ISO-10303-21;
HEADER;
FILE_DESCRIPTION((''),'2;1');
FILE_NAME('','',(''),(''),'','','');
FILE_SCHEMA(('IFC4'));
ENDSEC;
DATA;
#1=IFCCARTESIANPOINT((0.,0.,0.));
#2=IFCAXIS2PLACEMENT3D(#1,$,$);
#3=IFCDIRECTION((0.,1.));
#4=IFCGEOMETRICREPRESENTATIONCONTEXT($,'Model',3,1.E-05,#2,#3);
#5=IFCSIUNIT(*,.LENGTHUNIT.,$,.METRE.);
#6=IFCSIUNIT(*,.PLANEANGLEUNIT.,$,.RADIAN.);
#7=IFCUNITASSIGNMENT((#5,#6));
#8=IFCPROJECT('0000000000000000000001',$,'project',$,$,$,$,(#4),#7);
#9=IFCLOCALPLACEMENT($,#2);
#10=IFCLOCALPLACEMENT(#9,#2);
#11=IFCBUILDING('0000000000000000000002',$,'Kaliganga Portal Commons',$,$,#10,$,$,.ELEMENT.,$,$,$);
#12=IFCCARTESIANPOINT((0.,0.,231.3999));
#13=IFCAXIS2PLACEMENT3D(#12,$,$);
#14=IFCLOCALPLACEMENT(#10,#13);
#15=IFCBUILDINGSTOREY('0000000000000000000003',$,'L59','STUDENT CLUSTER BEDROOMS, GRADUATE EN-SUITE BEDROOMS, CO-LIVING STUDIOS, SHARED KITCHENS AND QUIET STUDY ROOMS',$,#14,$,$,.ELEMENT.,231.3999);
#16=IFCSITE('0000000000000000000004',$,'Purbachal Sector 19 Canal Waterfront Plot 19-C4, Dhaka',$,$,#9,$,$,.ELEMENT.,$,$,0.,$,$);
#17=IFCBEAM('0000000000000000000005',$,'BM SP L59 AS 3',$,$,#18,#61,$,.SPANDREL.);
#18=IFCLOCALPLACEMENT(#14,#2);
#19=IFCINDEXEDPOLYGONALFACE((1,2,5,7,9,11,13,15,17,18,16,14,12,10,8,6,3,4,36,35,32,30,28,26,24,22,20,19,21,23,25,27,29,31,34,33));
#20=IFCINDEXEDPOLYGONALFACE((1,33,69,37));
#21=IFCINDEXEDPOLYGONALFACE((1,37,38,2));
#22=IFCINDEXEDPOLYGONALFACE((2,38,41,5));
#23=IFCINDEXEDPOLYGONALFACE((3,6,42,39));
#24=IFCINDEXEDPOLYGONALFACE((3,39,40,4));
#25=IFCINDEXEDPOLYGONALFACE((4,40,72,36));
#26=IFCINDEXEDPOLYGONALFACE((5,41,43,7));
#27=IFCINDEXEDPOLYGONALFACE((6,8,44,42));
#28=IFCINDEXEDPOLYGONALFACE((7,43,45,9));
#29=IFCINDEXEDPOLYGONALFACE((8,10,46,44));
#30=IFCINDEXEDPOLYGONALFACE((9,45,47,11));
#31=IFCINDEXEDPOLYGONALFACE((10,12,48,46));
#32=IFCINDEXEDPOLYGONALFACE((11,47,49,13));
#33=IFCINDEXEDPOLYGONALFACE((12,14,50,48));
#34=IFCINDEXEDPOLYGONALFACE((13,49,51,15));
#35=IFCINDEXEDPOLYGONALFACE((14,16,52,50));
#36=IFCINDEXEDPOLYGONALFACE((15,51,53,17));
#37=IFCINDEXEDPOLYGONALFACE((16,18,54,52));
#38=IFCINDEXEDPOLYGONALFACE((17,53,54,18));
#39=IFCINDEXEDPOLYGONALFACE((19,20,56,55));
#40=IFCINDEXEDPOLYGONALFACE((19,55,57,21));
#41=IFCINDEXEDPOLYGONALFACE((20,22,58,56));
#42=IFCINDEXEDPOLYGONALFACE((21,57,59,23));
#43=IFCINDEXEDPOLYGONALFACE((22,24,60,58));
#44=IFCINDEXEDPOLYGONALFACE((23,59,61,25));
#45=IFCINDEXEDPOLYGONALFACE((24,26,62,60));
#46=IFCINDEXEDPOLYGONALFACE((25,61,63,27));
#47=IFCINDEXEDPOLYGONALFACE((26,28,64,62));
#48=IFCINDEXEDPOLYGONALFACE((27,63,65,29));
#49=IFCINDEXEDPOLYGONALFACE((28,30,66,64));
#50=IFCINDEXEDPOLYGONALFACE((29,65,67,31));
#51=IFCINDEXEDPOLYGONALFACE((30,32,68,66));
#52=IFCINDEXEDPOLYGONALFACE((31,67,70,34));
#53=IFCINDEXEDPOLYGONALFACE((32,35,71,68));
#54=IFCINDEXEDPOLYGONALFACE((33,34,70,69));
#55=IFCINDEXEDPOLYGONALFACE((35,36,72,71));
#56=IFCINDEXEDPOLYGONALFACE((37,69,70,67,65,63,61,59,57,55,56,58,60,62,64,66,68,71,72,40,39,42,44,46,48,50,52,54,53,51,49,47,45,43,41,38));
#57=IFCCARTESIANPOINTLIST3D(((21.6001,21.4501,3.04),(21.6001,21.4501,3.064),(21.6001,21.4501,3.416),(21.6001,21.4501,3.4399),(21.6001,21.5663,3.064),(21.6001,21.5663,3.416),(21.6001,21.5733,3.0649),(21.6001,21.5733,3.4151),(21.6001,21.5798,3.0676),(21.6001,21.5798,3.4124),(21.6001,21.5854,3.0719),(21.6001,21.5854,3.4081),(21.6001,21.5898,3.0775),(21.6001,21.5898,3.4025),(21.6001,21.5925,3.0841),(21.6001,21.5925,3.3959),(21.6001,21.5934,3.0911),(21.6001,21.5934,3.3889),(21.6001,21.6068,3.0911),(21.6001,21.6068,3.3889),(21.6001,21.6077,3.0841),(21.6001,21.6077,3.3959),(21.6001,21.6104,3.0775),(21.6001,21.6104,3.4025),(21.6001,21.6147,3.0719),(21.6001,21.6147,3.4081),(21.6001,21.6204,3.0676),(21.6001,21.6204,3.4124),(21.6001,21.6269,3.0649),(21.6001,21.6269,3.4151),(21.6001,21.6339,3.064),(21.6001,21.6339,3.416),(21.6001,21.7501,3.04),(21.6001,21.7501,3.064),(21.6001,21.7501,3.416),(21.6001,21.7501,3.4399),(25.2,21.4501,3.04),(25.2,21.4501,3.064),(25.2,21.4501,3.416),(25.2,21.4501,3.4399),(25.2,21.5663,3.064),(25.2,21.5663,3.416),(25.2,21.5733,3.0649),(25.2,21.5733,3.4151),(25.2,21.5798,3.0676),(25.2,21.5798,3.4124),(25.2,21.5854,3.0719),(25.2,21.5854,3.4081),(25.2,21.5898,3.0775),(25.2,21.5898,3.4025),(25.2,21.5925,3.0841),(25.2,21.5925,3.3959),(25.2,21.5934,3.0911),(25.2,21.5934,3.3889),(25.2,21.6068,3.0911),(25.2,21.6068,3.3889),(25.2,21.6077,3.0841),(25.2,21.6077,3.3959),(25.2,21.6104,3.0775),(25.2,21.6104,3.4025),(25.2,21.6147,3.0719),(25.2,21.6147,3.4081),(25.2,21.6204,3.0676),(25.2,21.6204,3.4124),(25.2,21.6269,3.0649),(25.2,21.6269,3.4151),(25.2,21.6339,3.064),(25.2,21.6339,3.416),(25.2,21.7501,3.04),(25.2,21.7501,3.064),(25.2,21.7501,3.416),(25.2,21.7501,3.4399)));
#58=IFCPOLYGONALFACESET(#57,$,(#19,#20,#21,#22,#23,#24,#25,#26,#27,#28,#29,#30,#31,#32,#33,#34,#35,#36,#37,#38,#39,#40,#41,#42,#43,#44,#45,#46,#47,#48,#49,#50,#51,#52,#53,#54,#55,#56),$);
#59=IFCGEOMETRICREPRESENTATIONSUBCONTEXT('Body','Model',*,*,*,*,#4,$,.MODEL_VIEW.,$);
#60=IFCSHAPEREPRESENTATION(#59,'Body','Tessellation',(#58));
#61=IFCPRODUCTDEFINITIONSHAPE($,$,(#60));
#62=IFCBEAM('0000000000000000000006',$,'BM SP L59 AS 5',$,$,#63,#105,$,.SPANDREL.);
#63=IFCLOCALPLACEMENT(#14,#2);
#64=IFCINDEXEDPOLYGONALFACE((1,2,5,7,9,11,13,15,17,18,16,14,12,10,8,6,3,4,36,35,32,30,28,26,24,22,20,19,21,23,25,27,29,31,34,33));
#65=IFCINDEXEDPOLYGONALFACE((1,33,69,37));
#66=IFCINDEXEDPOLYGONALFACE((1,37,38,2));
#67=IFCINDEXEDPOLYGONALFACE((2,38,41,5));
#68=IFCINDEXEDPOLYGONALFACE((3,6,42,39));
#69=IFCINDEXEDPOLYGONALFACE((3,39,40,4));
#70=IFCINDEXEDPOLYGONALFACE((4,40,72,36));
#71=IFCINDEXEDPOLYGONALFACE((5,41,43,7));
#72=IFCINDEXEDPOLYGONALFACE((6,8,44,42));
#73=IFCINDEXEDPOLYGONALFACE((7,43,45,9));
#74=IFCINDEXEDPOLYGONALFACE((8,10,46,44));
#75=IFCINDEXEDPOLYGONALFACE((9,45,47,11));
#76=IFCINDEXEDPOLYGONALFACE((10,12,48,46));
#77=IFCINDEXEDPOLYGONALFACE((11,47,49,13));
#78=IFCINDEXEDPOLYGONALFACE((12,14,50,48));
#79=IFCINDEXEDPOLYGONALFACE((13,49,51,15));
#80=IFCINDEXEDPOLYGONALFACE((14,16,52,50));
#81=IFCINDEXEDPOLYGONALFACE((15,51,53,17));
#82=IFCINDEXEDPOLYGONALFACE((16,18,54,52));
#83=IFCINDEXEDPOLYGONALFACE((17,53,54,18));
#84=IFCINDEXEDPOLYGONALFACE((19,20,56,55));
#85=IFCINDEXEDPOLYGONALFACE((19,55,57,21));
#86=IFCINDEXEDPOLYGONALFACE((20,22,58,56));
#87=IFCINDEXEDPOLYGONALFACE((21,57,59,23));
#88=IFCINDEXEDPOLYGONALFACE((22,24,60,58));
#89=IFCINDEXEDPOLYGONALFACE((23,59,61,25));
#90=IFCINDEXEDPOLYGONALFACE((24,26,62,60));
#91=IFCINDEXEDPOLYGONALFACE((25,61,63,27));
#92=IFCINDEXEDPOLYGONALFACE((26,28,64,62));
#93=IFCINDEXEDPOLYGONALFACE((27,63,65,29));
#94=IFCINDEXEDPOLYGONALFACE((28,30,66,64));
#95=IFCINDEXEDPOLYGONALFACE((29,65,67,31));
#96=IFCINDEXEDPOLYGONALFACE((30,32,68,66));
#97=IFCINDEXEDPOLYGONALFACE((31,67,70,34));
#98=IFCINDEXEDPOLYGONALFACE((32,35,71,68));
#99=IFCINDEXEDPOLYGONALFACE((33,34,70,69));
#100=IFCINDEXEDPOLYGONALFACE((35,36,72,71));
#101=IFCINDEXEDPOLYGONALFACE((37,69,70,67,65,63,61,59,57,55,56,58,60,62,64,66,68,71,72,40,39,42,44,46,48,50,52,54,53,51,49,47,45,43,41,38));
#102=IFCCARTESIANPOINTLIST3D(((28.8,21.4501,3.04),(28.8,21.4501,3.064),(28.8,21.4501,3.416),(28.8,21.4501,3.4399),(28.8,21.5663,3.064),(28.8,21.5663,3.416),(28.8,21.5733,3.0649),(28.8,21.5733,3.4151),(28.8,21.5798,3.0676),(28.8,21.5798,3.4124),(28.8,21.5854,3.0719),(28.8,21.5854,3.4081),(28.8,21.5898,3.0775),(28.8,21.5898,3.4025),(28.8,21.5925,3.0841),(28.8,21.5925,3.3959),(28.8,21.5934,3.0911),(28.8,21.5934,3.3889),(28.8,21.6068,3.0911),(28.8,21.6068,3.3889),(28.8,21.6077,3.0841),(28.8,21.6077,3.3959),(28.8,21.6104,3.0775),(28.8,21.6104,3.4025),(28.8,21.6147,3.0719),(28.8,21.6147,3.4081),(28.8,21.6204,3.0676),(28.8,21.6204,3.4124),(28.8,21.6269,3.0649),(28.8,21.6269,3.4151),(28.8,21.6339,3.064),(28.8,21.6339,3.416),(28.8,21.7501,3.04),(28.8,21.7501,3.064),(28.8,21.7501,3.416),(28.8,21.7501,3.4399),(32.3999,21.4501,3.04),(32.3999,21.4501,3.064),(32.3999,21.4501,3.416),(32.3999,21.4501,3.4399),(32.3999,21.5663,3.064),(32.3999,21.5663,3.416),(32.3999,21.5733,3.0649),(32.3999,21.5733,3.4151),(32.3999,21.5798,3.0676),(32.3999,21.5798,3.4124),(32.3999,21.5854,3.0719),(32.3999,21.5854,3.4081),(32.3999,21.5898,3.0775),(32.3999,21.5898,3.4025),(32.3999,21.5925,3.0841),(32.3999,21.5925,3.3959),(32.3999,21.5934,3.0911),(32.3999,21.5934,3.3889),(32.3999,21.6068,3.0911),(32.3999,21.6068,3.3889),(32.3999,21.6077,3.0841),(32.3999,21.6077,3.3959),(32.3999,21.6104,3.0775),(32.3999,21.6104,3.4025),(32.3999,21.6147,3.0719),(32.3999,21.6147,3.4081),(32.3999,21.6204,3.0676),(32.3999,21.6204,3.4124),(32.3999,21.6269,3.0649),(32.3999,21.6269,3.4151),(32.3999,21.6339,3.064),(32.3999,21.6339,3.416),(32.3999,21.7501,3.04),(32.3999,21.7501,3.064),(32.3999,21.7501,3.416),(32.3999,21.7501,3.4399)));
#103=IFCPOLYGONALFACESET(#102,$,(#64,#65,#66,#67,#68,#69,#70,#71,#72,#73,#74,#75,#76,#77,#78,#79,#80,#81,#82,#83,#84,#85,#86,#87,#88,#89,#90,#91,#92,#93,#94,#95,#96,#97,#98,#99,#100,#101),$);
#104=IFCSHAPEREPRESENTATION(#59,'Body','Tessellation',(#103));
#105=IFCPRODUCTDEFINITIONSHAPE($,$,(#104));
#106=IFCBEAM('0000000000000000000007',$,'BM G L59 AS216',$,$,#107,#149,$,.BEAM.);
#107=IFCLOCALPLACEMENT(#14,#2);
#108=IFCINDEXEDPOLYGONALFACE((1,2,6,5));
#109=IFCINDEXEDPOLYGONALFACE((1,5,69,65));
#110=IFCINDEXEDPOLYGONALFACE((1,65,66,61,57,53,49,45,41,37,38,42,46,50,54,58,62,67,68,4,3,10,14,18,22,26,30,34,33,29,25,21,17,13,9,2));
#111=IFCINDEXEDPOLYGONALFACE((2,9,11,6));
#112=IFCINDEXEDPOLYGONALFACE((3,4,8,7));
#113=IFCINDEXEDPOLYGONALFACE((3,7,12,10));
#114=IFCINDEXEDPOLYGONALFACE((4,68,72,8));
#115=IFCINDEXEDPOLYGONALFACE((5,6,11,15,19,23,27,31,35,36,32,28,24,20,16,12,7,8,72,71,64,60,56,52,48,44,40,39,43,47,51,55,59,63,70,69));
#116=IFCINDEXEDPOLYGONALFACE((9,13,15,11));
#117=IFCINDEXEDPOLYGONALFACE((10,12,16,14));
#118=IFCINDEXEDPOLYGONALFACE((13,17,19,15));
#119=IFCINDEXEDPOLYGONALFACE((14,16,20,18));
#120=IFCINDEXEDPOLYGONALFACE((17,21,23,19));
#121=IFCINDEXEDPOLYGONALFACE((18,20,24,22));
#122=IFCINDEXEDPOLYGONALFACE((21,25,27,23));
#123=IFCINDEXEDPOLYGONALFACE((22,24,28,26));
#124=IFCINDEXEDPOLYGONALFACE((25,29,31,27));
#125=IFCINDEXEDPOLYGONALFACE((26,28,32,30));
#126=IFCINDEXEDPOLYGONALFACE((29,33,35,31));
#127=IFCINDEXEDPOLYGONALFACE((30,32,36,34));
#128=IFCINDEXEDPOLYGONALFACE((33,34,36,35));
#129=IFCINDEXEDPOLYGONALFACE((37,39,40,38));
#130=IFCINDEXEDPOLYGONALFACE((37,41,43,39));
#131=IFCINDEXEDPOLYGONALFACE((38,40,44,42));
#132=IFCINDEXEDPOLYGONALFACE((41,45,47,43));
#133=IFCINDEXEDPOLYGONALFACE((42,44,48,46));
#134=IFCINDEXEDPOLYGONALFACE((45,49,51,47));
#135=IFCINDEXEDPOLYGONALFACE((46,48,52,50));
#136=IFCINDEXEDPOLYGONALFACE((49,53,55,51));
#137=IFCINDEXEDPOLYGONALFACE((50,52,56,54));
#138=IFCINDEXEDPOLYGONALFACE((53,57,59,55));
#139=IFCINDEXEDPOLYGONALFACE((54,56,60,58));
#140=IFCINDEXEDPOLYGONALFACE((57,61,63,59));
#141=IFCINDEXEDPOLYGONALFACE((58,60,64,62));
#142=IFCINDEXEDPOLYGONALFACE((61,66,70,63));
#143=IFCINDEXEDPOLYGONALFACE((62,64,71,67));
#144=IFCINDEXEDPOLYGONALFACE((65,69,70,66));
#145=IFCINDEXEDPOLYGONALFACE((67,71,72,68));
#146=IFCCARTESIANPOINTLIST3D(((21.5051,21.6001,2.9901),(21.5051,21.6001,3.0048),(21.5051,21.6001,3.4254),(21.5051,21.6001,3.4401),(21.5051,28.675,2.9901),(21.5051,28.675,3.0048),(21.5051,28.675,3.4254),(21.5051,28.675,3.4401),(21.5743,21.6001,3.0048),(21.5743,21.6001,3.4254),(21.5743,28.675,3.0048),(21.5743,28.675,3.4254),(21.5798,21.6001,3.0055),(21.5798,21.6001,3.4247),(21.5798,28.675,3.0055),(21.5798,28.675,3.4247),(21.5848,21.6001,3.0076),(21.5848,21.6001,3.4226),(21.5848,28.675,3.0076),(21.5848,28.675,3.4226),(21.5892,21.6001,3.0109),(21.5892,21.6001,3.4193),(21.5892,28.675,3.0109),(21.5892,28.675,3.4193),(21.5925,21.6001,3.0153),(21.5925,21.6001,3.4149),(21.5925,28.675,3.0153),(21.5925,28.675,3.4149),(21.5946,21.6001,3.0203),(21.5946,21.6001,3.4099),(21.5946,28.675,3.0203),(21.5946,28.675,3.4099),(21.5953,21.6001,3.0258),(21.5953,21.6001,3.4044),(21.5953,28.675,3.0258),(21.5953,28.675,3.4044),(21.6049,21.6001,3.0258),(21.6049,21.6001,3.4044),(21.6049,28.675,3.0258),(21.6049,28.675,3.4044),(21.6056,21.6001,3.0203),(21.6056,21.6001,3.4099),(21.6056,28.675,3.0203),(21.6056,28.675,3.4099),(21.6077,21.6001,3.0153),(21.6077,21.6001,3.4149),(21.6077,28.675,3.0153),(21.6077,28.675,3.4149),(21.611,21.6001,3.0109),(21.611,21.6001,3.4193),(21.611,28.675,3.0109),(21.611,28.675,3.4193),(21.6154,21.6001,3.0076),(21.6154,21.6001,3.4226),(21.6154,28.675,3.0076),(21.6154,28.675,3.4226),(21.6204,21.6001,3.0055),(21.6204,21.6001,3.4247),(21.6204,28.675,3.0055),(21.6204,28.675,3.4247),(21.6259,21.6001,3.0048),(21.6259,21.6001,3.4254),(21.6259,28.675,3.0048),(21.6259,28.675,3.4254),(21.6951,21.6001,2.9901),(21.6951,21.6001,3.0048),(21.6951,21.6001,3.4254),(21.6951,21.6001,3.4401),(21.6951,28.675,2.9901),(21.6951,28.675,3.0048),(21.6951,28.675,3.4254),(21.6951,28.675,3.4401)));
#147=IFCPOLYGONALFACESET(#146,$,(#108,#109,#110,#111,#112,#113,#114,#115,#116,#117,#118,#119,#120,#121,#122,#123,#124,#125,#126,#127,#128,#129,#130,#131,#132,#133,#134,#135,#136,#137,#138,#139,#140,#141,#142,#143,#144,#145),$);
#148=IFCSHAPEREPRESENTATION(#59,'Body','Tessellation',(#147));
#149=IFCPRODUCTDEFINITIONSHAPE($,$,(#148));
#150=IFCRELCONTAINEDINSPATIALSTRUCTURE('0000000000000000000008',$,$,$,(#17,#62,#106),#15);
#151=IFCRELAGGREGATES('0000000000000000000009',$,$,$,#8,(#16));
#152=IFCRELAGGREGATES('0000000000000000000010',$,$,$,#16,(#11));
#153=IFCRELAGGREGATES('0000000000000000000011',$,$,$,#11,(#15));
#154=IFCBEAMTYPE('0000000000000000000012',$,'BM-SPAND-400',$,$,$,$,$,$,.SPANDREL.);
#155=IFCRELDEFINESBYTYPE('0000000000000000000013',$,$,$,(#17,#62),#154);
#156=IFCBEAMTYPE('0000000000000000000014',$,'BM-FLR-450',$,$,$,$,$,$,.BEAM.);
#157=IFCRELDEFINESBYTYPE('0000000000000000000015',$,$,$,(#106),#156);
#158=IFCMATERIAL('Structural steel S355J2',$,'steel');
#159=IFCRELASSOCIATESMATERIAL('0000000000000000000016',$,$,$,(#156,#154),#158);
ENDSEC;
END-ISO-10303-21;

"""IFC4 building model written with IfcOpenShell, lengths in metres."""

from ifc_helpers import new_model, si_unit, direction, frame, origin, origin_2d, place, context, subcontext, project, spatial, i_section, extrude, source, transform, mapped, material, material_profile, profile_set, type_object, element, save


model = new_model("IFC4")

# Units and contexts
model_context = context("Model", 3, precision=1e-05, world=origin(), true_north=direction((0.0, 1.0)))
body_context = subcontext(model_context, "Body", "Model", "MODEL_VIEW")
ifc_project = project(units=[si_unit("LENGTHUNIT", "METRE"), si_unit("PLANEANGLEUNIT", "RADIAN")], contexts=[model_context])

# Site, building, storey
site_placement = place(None, origin())
site = spatial("IfcSite", under=ifc_project, at=site_placement, Name="Purbachal Sector 19 Canal Waterfront Plot 19-C4, Dhaka", CompositionType="ELEMENT", RefElevation=0.0)
building_placement = place(site_placement, origin())
building = spatial("IfcBuilding", under=site, at=building_placement, Name="Kaliganga Portal Commons", CompositionType="ELEMENT")
storey_placement = place(building_placement, frame((0.0, 0.0, 231.3999)))
storey = spatial("IfcBuildingStorey", under=building, at=storey_placement, Name="L59", Description="STUDENT CLUSTER BEDROOMS, GRADUATE EN-SUITE BEDROOMS, CO-LIVING STUDIOS, SHARED KITCHENS AND QUIET STUDY ROOMS", CompositionType="ELEMENT", Elevation=231.3999)

# Shared definitions
ifc_material_1 = material(Name="Structural steel S355J2", Category="steel")

# Beams
ifc_material_profile_1 = material_profile(ifc_material_1, i_section(OverallWidth=0.1899, OverallDepth=0.45, WebThickness=0.0095, FlangeThickness=0.0146, FilletRadius=0.021, at=origin_2d()), Name="IPE 450")
ifc_profile_set_1 = profile_set([ifc_material_profile_1], Name="Structural steel S355J2 wide-flange")
beam_type_1 = type_object("IfcBeamType", Name="BM-FLR-450", PredefinedType="BEAM", material=ifc_profile_set_1)
ifc_material_profile_2 = material_profile(ifc_material_1, i_section(OverallWidth=0.3, OverallDepth=0.3999, WebThickness=0.0134, FlangeThickness=0.0239, FilletRadius=0.0271, at=origin_2d()), Name="HE 400 B")
ifc_profile_set_2 = profile_set([ifc_material_profile_2], Name="Structural steel S355J2 wide-flange")
beam_type_2 = type_object("IfcBeamType", Name="BM-SPAND-400", PredefinedType="SPANDREL", material=ifc_profile_set_2)
shared_shape_1 = source(origin(), body_context, "Body", "SweptSolid", [
    extrude(i_section(OverallWidth=0.3, OverallDepth=0.3999, WebThickness=0.0134, FlangeThickness=0.0239, FilletRadius=0.0271, at=origin_2d()), origin(), (0.0, 0.0, 1.0), 3.5999),
])
for number, where, z_axis, x_axis, name in (
    (1, (21.6001, 21.6001, 3.24), (1.0, 0.0, 0.0), (0.0, 1.0, 0.0), "BM SP L59 AS 3"),
    (2, (28.8, 21.6001, 3.24), (1.0, 0.0, 0.0), (0.0, 1.0, 0.0), "BM SP L59 AS 5"),
):
    element("IfcBeam", number, at=place(storey_placement, frame(where, z_axis=z_axis, x_axis=x_axis)), inside=storey, type_object=beam_type_2, Name=name, PredefinedType="SPANDREL", context=body_context, shape_type="MappedRepresentation", body=[
        mapped(shared_shape_1, transform((0.0, 0.0, 0.0), x_axis=(1.0, 0.0, 0.0), y_axis=(0.0, 1.0, 0.0), z_axis=(0.0, 0.0, 1.0), scale=1.0)),
    ])
shared_shape_2 = source(origin(), body_context, "Body", "SweptSolid", [
    extrude(i_section(OverallWidth=0.1899, OverallDepth=0.45, WebThickness=0.0095, FlangeThickness=0.0146, FilletRadius=0.021, at=origin_2d()), origin(), (0.0, 0.0, 1.0), 7.075),
])
beam_placement = place(storey_placement, frame((21.6001, 21.6001, 3.2151), z_axis=(0.0, 1.0, 0.0), x_axis=(-1.0, 0.0, 0.0)))
element("IfcBeam", 3, at=beam_placement, inside=storey, type_object=beam_type_1, Name="BM G L59 AS216", PredefinedType="BEAM", context=body_context, shape_type="MappedRepresentation", body=[
    mapped(shared_shape_2, transform((0.0, 0.0, 0.0), x_axis=(1.0, 0.0, 0.0), y_axis=(0.0, 1.0, 0.0), z_axis=(0.0, 0.0, 1.0), scale=1.0)),
])

save(model, "model.ifc")
